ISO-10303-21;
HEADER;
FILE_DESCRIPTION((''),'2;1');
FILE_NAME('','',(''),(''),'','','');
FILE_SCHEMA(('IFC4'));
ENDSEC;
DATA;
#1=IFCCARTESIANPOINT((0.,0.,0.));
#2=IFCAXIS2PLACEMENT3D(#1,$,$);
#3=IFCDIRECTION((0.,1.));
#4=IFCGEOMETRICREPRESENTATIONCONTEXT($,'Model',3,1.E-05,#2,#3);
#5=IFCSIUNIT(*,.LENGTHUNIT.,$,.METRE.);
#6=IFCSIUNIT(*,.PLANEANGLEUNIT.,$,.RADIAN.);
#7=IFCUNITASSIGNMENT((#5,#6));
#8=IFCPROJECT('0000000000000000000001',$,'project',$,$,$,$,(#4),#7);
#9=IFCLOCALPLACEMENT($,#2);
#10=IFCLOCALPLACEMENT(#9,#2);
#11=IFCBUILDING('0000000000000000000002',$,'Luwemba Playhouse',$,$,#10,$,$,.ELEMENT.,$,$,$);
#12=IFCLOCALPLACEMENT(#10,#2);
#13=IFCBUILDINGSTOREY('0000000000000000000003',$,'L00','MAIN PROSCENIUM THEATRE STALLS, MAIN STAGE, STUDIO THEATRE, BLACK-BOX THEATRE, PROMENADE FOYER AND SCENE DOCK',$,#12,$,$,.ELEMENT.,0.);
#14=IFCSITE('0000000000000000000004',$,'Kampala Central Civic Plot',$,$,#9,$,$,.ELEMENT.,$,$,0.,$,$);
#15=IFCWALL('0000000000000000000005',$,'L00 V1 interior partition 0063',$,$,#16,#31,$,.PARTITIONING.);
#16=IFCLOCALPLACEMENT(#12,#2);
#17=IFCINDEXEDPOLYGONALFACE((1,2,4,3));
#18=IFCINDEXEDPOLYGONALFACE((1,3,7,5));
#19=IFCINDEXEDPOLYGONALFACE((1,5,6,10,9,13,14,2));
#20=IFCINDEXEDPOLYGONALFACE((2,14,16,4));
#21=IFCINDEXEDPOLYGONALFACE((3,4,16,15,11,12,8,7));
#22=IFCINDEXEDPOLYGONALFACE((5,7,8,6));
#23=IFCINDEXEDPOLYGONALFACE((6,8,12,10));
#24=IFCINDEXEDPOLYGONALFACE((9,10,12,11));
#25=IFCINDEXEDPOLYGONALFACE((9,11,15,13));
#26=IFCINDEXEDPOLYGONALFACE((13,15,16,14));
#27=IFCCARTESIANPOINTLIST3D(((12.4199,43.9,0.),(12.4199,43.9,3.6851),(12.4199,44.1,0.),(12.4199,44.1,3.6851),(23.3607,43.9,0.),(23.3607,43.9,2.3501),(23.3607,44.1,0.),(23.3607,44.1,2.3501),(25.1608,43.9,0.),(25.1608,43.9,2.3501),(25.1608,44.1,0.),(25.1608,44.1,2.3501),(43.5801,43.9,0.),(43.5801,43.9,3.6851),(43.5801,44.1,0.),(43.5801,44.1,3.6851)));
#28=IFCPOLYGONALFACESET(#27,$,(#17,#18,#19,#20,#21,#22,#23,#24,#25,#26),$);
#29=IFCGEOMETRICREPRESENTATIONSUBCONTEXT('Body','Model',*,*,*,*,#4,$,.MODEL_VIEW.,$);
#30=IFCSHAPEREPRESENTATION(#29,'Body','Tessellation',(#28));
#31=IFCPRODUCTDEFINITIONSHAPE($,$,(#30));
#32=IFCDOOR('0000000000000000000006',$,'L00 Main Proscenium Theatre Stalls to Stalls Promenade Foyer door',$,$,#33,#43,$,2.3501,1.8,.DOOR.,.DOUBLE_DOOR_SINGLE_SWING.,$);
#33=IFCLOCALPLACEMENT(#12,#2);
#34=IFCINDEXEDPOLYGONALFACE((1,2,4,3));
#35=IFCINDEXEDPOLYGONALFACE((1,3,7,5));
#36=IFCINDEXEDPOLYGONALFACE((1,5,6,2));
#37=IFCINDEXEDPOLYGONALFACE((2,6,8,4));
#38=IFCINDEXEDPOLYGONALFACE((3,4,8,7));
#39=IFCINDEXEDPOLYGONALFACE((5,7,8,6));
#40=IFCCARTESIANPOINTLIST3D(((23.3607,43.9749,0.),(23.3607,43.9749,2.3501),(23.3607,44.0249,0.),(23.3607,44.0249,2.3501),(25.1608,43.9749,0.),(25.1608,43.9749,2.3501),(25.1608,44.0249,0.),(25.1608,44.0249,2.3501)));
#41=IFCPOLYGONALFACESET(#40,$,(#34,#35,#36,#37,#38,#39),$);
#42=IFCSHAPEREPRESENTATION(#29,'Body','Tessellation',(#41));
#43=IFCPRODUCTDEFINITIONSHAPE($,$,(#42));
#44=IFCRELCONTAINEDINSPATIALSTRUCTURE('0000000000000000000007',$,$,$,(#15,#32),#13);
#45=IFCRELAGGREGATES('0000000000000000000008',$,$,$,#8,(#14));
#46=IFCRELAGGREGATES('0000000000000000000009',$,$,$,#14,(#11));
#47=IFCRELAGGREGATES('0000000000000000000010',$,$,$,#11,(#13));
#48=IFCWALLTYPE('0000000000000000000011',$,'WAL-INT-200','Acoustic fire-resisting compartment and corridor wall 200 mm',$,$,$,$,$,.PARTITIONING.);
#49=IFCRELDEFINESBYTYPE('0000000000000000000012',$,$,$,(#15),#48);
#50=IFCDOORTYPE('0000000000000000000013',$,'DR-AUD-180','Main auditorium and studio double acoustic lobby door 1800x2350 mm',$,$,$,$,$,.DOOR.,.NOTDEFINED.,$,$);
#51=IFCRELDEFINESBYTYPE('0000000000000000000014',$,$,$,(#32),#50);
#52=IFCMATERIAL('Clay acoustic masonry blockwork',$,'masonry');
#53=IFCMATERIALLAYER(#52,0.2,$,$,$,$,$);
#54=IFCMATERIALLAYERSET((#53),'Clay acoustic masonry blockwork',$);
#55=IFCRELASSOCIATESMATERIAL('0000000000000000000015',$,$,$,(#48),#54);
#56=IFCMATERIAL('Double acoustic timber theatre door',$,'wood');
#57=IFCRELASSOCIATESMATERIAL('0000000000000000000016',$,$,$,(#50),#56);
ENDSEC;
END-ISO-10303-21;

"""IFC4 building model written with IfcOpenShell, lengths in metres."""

from ifc_helpers import new_model, si_unit, direction, frame, frame_2d, origin, place, context, subcontext, project, spatial, rectangle, extrude, material, layer, layer_set, type_object, element, fill, save


model = new_model("IFC4")

# Units and contexts
model_context = context("Model", 3, precision=1e-05, world=origin(), true_north=direction((0.0, 1.0)))
body_context = subcontext(model_context, "Body", "Model", "MODEL_VIEW")
ifc_project = project(units=[si_unit("LENGTHUNIT", "METRE"), si_unit("PLANEANGLEUNIT", "RADIAN")], contexts=[model_context])

# Site, building, storey
site_placement = place(None, origin())
site = spatial("IfcSite", under=ifc_project, at=site_placement, Name="Kampala Central Civic Plot", CompositionType="ELEMENT", RefElevation=0.0)
building_placement = place(site_placement, origin())
building = spatial("IfcBuilding", under=site, at=building_placement, Name="Luwemba Playhouse", CompositionType="ELEMENT")
storey_placement = place(building_placement, origin())
storey = spatial("IfcBuildingStorey", under=building, at=storey_placement, Name="L00", Description="MAIN PROSCENIUM THEATRE STALLS, MAIN STAGE, STUDIO THEATRE, BLACK-BOX THEATRE, PROMENADE FOYER AND SCENE DOCK", CompositionType="ELEMENT", Elevation=0.0)

# Wall, opening, door
ifc_material_1 = material(Name="Clay acoustic masonry blockwork", Category="masonry")
ifc_layer_1 = layer(ifc_material_1, 0.2)
ifc_layer_set_1 = layer_set([ifc_layer_1], Name="Clay acoustic masonry blockwork")
wall_type_1 = type_object("IfcWallType", Name="WAL-INT-200", Description="Acoustic fire-resisting compartment and corridor wall 200 mm", PredefinedType="PARTITIONING", material=ifc_layer_set_1)
wall_1_placement = place(storey_placement, frame((12.4199, 44.0, 0.0), z_axis=(0.0, 0.0, 1.0), x_axis=(1.0, 0.0, 0.0)))
wall_1 = element("IfcWall", 1, at=wall_1_placement, inside=storey, type_object=wall_type_1, Name="L00 V1 interior partition 0063", PredefinedType="PARTITIONING", context=body_context, shape_type="SweptSolid", body=[
    extrude(rectangle(XDim=31.1602, YDim=0.2, at=frame_2d((15.5801, 0.0))), origin(), (0.0, 0.0, 1.0), 3.6851),
])
opening_1_placement = place(wall_1_placement, frame((10.9409, 0.0, 0.0)))
opening_1 = element("IfcOpeningElement", 2, at=opening_1_placement, cuts=wall_1, PredefinedType="OPENING", context=body_context, shape_type="SweptSolid", body=[
    extrude(rectangle(XDim=1.8, YDim=2.3501, at=frame_2d((0.8999, 1.175))), frame((0.0, 0.1099, 0.0), z_axis=(0.0, -1.0, 0.0), x_axis=(1.0, 0.0, 0.0)), (0.0, 0.0, 1.0), 0.22),
])
ifc_material_2 = material(Name="Double acoustic timber theatre door", Category="wood")
door_type_1 = type_object("IfcDoorType", Name="DR-AUD-180", Description="Main auditorium and studio double acoustic lobby door 1800x2350 mm", OperationType="NOTDEFINED", PredefinedType="DOOR", material=ifc_material_2)
door_1_placement = place(opening_1_placement, origin())
door_1 = element("IfcDoor", 3, at=door_1_placement, inside=storey, type_object=door_type_1, Name="L00 Main Proscenium Theatre Stalls to Stalls Promenade Foyer door", OperationType="DOUBLE_DOOR_SINGLE_SWING", OverallHeight=2.3501, OverallWidth=1.8, PredefinedType="DOOR", context=body_context, shape_type="SweptSolid", body=[
    extrude(rectangle(XDim=1.8, YDim=2.3501, at=frame_2d((0.8999, 1.175))), frame((0.0, 0.0249, 0.0), z_axis=(0.0, -1.0, 0.0), x_axis=(1.0, 0.0, 0.0)), (0.0, 0.0, 1.0), 0.05),
])
fill(opening_1, door_1)

save(model, "model.ifc")
